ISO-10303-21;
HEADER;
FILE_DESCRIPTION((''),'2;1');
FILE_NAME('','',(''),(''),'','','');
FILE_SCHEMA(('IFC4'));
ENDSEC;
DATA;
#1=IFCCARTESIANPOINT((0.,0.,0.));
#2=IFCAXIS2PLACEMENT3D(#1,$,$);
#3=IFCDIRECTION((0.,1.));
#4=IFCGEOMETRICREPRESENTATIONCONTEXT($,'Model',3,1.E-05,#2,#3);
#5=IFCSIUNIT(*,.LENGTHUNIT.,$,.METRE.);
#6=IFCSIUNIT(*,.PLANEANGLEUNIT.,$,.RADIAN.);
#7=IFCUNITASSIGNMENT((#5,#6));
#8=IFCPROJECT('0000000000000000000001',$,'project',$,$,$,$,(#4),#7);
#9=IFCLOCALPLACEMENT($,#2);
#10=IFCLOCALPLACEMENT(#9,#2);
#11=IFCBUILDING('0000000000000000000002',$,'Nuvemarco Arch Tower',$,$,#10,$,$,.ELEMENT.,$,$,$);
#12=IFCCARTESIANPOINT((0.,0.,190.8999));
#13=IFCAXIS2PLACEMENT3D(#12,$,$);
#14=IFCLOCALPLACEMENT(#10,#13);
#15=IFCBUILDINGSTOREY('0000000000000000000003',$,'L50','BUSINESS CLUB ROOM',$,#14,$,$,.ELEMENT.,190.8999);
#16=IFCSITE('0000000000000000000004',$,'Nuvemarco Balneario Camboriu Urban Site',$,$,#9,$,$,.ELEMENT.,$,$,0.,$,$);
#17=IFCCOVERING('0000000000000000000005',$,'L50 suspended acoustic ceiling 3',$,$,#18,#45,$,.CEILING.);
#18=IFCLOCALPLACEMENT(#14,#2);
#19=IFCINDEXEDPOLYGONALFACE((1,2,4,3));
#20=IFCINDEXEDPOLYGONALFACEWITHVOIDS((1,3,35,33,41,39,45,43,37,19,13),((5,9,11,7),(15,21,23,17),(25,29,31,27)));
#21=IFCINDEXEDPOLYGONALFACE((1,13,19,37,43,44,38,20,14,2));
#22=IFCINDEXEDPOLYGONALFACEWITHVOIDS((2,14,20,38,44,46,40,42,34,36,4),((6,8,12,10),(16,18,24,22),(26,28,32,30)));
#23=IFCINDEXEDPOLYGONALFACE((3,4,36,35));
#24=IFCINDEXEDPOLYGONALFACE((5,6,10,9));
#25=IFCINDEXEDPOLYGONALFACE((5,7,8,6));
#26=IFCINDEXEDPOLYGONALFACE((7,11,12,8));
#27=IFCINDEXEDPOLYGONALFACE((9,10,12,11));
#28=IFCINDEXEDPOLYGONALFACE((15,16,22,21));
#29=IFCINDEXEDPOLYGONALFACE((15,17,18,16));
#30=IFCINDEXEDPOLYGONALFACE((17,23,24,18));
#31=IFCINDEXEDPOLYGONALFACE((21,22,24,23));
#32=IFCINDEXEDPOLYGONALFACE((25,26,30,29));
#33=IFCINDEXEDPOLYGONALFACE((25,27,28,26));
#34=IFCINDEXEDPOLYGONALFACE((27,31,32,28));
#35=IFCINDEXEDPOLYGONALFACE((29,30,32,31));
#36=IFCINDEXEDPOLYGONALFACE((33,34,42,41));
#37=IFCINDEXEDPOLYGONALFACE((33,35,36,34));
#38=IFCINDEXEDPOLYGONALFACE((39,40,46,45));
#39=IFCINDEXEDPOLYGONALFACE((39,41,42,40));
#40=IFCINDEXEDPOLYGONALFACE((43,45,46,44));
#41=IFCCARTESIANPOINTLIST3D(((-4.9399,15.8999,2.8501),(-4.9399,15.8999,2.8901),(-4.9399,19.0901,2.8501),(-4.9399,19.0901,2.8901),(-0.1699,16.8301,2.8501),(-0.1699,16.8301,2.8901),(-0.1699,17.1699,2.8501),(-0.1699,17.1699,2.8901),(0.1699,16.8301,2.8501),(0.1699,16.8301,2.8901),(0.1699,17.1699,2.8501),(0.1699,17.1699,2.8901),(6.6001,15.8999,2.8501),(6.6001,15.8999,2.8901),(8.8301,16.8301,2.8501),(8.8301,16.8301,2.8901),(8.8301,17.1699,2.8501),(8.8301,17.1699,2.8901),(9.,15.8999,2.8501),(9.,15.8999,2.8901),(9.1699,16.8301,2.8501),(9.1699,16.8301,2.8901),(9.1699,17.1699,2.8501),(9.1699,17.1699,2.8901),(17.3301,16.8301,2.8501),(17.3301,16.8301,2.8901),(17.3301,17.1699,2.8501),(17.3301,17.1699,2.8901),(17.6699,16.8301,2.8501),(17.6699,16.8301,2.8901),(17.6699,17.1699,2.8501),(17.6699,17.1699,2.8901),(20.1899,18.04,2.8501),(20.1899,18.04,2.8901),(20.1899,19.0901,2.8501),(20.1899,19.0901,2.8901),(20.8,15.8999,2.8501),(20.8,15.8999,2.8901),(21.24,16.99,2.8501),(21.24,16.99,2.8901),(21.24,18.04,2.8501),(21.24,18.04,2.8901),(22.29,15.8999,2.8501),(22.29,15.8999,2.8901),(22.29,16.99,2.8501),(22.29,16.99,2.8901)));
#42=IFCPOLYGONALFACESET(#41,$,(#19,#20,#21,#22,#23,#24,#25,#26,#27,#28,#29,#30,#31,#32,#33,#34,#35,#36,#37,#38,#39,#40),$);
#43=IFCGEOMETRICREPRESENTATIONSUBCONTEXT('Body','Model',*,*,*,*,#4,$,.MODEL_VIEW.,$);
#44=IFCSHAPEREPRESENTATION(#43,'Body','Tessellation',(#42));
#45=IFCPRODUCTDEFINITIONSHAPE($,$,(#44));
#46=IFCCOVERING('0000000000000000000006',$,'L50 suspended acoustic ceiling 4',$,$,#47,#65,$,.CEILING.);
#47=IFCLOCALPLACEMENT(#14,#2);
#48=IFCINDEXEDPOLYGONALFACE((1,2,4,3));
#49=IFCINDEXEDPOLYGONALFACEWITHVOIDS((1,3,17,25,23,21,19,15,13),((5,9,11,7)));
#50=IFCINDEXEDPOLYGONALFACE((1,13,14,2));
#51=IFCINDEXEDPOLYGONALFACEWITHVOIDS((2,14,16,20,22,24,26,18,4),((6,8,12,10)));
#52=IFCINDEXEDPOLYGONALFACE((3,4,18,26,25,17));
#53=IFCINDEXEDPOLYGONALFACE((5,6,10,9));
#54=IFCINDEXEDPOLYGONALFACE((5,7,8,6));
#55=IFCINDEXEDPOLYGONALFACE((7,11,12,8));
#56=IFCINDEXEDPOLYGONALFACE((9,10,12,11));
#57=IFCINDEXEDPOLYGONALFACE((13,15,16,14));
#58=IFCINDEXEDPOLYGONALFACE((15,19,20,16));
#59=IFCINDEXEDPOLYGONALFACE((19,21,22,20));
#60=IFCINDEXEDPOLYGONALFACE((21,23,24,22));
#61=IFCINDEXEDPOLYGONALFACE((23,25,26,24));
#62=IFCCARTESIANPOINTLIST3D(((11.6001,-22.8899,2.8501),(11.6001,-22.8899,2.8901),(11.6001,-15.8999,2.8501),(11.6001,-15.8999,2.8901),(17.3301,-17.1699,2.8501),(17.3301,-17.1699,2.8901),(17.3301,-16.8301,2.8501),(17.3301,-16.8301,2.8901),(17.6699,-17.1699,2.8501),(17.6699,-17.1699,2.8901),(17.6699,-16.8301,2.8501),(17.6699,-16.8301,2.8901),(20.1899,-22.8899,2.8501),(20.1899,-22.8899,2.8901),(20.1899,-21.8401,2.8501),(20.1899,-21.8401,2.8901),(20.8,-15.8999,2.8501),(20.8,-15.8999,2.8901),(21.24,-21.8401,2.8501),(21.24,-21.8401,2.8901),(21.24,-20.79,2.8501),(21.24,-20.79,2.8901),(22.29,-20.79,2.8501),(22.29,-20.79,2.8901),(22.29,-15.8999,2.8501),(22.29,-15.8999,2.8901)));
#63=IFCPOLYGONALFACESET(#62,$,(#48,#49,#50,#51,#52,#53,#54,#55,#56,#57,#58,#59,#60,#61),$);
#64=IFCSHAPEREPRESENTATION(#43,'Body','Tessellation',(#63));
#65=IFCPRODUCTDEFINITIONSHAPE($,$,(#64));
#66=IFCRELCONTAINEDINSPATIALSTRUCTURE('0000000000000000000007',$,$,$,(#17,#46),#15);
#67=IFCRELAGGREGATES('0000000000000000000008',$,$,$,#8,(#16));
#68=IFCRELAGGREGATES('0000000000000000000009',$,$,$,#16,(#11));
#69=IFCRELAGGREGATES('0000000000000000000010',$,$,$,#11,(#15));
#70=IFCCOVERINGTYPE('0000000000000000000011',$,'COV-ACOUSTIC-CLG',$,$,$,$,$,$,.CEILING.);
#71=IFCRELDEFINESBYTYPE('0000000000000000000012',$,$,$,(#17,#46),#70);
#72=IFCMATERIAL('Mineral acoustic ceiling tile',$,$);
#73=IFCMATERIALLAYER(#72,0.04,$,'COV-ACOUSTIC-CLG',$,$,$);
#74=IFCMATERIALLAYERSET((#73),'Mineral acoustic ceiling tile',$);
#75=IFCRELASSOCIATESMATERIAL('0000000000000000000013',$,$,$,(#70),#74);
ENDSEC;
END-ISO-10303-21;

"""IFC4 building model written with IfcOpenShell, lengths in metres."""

from ifc_helpers import new_model, si_unit, direction, frame, origin, place, context, subcontext, project, spatial, polyline, outline, extrude, material, layer, layer_set, type_object, element, save


model = new_model("IFC4")

# Units and contexts
model_context = context("Model", 3, precision=1e-05, world=origin(), true_north=direction((0.0, 1.0)))
body_context = subcontext(model_context, "Body", "Model", "MODEL_VIEW")
ifc_project = project(units=[si_unit("LENGTHUNIT", "METRE"), si_unit("PLANEANGLEUNIT", "RADIAN")], contexts=[model_context])

# Site, building, storey
site_placement = place(None, origin())
site = spatial("IfcSite", under=ifc_project, at=site_placement, Name="Nuvemarco Balneario Camboriu Urban Site", CompositionType="ELEMENT", RefElevation=0.0)
building_placement = place(site_placement, origin())
building = spatial("IfcBuilding", under=site, at=building_placement, Name="Nuvemarco Arch Tower", CompositionType="ELEMENT")
storey_placement = place(building_placement, frame((0.0, 0.0, 190.8999)))
storey = spatial("IfcBuildingStorey", under=building, at=storey_placement, Name="L50", Description="BUSINESS CLUB ROOM", CompositionType="ELEMENT", Elevation=190.8999)

# Coverings
ifc_material_1 = material(Name="Mineral acoustic ceiling tile")
ifc_layer_1 = layer(ifc_material_1, 0.04, Name="COV-ACOUSTIC-CLG")
ifc_layer_set_1 = layer_set([ifc_layer_1], Name="Mineral acoustic ceiling tile")
covering_type = type_object("IfcCoveringType", Name="COV-ACOUSTIC-CLG", PredefinedType="CEILING", material=ifc_layer_set_1)
covering_1_placement = place(storey_placement, frame((0.0, 0.0, 2.8501)))
element("IfcCovering", 1, at=covering_1_placement, inside=storey, type_object=covering_type, Name="L50 suspended acoustic ceiling 3", PredefinedType="CEILING", context=body_context, shape_type="SweptSolid", body=[
    extrude(outline(polyline([(22.29, 16.99), (22.29, 15.8999), (20.8, 15.8999), (9.0, 15.8999), (6.6001, 15.8999), (-4.9399, 15.8999), (-4.9399, 19.0901), (20.1899, 19.0901), (20.1899, 18.04), (21.24, 18.04), (21.24, 16.99), (22.29, 16.99)]), holes=[polyline([(0.1699, 16.8301), (0.1699, 17.1699), (-0.1699, 17.1699), (-0.1699, 16.8301), (0.1699, 16.8301)]), polyline([(9.1699, 17.1699), (8.8301, 17.1699), (8.8301, 16.8301), (9.1699, 16.8301), (9.1699, 17.1699)]), polyline([(17.6699, 16.8301), (17.6699, 17.1699), (17.3301, 17.1699), (17.3301, 16.8301), (17.6699, 16.8301)])]), origin(), (0.0, 0.0, 1.0), 0.04),
])
covering_2_placement = place(storey_placement, frame((0.0, 0.0, 2.8501)))
element("IfcCovering", 2, at=covering_2_placement, inside=storey, type_object=covering_type, Name="L50 suspended acoustic ceiling 4", PredefinedType="CEILING", context=body_context, shape_type="SweptSolid", body=[
    extrude(outline(polyline([(20.1899, -22.8899), (11.6001, -22.8899), (11.6001, -15.8999), (20.8, -15.8999), (22.29, -15.8999), (22.29, -20.79), (21.24, -20.79), (21.24, -21.8401), (20.1899, -21.8401), (20.1899, -22.8899)]), holes=[polyline([(17.6699, -17.1699), (17.6699, -16.8301), (17.3301, -16.8301), (17.3301, -17.1699), (17.6699, -17.1699)])]), origin(), (0.0, 0.0, 1.0), 0.04),
])

save(model, "model.ifc")
